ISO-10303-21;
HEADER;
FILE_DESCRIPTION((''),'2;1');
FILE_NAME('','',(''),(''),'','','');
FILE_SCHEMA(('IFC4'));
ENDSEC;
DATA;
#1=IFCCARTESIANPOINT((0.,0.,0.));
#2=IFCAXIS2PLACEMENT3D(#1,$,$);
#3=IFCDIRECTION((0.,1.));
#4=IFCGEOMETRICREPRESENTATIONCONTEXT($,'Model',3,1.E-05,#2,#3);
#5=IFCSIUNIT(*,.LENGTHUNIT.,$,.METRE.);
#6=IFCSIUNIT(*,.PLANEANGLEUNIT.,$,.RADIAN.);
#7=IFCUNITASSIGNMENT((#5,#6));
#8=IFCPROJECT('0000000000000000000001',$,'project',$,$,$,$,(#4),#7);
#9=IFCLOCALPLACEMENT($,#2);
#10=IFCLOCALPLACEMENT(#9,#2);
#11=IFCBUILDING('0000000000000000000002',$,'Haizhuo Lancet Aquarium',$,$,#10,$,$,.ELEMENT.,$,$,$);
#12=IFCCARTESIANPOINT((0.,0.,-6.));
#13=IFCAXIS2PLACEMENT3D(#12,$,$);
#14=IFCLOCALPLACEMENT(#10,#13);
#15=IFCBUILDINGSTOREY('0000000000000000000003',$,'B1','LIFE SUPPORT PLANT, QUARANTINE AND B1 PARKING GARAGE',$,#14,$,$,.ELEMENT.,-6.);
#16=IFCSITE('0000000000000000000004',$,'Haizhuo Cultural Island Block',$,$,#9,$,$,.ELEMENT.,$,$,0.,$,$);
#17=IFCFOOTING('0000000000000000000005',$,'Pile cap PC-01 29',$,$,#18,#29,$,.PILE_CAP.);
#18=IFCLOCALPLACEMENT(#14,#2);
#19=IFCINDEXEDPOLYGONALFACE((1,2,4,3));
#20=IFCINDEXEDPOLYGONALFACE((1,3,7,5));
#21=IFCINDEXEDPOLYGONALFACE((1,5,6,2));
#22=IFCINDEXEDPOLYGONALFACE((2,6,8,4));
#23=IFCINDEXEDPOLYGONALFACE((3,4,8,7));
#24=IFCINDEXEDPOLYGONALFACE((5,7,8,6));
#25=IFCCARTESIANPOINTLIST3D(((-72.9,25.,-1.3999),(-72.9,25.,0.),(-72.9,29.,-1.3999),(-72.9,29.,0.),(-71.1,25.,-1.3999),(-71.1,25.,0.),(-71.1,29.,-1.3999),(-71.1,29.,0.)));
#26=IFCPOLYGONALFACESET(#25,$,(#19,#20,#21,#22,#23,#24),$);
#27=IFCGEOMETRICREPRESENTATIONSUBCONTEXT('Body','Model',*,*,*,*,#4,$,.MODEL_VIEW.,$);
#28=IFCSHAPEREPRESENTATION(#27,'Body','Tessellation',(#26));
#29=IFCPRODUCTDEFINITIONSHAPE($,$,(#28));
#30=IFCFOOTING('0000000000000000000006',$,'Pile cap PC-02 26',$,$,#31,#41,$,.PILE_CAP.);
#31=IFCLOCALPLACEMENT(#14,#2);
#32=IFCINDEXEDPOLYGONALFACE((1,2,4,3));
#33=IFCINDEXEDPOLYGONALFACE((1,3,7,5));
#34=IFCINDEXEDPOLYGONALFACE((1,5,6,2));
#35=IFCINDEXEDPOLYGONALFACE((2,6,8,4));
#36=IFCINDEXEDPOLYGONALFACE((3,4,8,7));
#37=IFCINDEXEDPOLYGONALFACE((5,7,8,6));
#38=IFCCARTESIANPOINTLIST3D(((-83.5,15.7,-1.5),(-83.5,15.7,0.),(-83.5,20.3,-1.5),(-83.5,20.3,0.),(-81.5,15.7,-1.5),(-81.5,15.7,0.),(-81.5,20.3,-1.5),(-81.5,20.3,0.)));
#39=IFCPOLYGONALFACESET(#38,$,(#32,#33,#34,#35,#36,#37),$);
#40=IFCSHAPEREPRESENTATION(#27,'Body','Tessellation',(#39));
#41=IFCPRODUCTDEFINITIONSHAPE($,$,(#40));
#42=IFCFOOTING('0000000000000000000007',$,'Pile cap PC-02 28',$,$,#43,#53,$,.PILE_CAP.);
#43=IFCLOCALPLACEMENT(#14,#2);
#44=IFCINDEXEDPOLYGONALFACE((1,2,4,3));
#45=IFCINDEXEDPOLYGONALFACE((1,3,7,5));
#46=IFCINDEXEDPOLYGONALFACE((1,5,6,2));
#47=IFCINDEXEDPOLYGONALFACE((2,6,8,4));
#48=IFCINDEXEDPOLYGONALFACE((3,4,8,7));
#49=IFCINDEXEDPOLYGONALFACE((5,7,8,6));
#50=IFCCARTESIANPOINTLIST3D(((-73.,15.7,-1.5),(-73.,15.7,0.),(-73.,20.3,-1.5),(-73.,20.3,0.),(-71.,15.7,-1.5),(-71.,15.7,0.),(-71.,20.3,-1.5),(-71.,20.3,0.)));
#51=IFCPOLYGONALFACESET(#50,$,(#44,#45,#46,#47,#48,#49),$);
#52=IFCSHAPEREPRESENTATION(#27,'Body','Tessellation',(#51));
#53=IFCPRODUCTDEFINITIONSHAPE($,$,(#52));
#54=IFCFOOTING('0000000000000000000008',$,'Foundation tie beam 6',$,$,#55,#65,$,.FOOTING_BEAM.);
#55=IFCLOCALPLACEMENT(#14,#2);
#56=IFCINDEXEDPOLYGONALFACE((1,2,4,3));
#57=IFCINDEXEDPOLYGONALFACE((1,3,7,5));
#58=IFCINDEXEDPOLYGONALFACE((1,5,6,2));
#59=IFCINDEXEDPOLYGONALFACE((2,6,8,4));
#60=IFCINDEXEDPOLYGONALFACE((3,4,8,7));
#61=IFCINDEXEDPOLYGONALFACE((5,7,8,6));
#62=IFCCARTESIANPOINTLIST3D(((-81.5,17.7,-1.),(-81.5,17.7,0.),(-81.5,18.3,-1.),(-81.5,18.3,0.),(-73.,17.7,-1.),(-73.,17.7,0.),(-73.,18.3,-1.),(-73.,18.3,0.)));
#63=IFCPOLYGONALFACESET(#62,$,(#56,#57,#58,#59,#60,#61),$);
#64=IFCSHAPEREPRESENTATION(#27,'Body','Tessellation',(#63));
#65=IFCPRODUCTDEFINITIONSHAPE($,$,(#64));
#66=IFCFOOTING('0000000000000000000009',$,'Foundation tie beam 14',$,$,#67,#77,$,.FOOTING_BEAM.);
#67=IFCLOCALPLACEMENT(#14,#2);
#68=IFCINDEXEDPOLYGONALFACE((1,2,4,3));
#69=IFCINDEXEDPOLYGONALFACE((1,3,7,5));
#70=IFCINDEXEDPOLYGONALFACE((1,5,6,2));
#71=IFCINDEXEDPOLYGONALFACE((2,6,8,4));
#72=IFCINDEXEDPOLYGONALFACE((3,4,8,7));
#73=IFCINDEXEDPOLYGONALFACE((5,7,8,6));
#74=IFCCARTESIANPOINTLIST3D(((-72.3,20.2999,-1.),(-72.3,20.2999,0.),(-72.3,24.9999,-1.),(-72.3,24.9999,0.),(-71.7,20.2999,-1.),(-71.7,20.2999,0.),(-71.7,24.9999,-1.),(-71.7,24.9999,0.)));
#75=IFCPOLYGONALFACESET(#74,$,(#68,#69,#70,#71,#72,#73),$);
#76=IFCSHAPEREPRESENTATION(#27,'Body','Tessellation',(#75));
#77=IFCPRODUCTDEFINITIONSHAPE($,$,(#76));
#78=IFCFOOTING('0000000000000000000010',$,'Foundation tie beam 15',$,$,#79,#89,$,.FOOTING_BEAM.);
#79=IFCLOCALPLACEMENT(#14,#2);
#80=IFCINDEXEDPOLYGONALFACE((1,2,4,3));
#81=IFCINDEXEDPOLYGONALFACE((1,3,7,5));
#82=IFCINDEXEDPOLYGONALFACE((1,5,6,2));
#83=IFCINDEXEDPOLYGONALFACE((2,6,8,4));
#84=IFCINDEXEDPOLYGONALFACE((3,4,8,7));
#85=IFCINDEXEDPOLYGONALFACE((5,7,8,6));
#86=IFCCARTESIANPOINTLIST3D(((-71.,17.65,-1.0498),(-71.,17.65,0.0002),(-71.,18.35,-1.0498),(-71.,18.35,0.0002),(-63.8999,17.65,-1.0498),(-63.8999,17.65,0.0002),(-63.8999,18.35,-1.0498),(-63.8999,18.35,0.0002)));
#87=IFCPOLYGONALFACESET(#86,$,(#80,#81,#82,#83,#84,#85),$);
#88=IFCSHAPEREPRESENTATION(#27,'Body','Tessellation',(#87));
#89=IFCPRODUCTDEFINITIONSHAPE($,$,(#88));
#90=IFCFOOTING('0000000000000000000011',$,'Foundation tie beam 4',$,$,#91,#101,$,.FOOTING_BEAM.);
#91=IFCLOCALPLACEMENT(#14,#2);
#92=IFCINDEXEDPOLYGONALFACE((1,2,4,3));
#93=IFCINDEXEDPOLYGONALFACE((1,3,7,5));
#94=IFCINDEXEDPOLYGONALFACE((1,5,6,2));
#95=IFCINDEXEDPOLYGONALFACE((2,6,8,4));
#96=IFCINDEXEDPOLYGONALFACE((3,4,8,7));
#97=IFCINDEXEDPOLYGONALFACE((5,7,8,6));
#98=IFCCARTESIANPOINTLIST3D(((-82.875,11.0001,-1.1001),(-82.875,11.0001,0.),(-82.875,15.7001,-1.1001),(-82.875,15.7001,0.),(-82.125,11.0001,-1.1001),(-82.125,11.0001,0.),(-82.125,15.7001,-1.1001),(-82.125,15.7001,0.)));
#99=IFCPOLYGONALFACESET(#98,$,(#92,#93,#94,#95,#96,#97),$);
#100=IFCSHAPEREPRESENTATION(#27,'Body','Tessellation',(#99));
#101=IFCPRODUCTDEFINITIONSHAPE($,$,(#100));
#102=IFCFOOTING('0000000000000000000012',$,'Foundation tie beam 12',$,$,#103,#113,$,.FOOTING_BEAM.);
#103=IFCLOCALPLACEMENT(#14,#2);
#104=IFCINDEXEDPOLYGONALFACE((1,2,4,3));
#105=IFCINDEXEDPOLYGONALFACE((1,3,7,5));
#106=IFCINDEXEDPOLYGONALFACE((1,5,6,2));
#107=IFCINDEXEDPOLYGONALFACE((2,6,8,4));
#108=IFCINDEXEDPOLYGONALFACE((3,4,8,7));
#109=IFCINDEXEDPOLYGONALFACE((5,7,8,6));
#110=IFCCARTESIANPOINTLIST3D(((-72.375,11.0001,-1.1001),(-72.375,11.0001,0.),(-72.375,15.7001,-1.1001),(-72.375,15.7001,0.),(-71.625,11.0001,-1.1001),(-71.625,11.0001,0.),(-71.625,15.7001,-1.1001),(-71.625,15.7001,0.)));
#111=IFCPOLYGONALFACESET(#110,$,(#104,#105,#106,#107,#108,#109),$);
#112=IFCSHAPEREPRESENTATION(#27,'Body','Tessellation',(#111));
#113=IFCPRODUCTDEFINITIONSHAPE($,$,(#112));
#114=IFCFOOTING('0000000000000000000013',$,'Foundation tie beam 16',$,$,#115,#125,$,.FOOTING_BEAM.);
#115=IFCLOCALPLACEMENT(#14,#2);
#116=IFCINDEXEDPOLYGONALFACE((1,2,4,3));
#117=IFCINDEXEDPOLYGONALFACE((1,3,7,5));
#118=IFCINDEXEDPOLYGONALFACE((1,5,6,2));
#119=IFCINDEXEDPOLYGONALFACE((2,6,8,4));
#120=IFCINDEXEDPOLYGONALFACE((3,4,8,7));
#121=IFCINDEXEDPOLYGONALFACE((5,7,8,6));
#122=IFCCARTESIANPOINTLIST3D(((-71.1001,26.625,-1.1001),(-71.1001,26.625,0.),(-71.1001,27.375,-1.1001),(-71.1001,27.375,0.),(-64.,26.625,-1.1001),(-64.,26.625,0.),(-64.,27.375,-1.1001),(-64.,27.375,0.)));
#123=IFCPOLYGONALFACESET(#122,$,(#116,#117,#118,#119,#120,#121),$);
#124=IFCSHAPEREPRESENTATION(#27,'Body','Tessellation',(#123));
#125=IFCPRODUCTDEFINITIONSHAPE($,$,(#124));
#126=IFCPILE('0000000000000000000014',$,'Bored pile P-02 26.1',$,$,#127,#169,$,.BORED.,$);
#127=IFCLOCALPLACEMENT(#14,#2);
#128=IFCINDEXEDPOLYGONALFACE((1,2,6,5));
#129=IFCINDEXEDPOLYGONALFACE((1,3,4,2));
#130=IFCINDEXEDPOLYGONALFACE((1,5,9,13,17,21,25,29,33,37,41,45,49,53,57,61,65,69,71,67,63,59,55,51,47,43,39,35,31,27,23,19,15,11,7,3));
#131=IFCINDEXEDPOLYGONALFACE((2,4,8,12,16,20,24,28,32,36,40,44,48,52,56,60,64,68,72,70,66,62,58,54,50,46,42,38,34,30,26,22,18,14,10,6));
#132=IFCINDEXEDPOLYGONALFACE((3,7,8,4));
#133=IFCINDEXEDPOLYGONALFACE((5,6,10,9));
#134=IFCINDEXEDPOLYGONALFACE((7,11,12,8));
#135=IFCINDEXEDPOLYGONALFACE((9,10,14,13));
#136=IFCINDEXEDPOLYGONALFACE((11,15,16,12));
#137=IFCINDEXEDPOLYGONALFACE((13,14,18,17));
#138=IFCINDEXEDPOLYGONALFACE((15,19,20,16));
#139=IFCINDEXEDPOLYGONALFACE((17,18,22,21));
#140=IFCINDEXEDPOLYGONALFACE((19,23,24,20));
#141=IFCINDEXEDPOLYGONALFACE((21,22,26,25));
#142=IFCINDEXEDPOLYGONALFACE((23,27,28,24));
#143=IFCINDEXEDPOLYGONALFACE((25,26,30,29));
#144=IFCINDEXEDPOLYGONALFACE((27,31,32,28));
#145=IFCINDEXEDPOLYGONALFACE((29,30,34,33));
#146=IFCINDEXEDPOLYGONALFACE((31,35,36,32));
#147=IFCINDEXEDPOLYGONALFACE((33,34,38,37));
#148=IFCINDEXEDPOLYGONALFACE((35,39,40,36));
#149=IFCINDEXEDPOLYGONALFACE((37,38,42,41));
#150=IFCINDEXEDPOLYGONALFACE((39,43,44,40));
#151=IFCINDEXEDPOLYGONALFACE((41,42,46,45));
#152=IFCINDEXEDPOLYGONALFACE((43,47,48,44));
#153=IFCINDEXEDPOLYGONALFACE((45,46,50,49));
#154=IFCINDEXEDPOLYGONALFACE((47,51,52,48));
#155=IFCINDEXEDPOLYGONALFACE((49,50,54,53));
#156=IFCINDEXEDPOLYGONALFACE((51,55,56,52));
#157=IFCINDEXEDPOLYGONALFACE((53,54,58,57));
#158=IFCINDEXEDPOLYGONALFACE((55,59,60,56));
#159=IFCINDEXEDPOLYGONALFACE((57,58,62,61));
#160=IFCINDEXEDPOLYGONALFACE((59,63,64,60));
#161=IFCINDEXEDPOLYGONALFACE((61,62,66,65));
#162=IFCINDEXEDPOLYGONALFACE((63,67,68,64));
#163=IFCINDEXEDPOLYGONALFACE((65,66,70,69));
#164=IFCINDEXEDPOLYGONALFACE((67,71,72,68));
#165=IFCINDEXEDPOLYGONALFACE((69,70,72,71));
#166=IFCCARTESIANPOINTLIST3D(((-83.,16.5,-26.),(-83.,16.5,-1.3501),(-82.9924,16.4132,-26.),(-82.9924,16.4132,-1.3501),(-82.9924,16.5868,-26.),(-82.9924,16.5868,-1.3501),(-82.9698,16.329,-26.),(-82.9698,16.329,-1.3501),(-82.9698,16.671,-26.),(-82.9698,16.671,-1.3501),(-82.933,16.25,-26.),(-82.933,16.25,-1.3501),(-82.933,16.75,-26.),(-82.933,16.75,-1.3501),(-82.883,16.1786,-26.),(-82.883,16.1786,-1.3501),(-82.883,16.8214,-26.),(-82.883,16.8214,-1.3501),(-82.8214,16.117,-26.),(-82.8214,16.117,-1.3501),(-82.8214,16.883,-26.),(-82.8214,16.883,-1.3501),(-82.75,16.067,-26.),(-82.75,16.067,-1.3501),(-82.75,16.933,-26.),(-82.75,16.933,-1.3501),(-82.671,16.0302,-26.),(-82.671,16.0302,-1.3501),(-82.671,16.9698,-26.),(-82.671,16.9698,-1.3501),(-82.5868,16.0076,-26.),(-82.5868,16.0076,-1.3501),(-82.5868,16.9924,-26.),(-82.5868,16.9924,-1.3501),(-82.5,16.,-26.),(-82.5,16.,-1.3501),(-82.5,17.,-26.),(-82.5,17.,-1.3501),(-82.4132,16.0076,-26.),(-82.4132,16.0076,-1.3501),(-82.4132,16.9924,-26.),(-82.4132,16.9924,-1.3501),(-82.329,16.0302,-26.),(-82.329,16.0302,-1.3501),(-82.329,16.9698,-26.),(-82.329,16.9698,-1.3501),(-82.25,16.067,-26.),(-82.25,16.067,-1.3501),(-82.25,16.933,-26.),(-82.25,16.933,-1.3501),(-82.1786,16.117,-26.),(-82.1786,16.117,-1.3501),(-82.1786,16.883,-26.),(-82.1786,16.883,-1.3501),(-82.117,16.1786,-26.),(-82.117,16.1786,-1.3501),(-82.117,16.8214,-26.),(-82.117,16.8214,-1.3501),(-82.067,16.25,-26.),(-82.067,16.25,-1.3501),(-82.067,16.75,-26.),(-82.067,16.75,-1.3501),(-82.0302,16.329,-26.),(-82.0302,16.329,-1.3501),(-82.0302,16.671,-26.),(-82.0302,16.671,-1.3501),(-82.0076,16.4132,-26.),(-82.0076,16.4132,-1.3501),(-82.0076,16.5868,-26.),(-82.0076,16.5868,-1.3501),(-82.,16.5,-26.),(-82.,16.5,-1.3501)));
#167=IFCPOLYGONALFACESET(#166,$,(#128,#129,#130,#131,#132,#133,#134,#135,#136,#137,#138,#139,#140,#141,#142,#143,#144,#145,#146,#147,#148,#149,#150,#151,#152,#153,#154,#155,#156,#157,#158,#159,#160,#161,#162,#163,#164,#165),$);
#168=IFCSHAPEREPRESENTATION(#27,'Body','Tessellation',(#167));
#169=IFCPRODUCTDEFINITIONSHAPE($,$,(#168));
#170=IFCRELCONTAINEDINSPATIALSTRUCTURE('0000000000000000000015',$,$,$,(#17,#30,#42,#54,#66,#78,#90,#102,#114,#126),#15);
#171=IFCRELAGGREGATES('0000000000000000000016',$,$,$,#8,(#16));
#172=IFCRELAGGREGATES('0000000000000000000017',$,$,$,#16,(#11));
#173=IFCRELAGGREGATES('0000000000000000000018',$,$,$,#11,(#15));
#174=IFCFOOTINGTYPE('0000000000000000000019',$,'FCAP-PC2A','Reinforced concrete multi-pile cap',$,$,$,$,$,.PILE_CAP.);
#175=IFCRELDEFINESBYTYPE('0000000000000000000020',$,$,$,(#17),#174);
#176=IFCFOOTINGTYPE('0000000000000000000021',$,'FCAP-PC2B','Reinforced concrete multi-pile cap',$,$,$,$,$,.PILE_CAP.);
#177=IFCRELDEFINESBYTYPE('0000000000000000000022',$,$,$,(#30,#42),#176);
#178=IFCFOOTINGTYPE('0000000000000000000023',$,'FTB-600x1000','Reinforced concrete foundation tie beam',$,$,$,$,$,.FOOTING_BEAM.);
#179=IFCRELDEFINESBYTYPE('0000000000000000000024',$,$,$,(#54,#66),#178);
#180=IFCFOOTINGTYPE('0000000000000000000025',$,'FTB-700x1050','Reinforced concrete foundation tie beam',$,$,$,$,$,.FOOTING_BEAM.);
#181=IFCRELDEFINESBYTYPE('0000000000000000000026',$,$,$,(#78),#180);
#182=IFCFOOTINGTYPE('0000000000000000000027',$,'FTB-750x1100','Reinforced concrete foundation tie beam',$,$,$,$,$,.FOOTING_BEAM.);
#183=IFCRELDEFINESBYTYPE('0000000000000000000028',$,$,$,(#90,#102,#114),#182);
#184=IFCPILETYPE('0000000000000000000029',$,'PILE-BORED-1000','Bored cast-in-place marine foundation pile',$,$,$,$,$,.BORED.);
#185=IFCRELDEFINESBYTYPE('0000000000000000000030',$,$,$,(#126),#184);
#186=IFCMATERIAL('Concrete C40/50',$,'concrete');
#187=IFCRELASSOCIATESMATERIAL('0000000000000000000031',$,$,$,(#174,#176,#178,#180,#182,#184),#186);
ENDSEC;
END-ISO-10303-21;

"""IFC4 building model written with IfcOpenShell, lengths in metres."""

from ifc_helpers import new_model, si_unit, direction, frame, origin, origin_2d, place, context, subcontext, project, spatial, rectangle, circle, extrude, material, material_profile, profile_set, type_object, element, save


model = new_model("IFC4")

# Units and contexts
model_context = context("Model", 3, precision=1e-05, world=origin(), true_north=direction((0.0, 1.0)))
body_context = subcontext(model_context, "Body", "Model", "MODEL_VIEW")
ifc_project = project(units=[si_unit("LENGTHUNIT", "METRE"), si_unit("PLANEANGLEUNIT", "RADIAN")], contexts=[model_context])

# Site, building, storey
site_placement = place(None, origin())
site = spatial("IfcSite", under=ifc_project, at=site_placement, Name="Haizhuo Cultural Island Block", CompositionType="ELEMENT", RefElevation=0.0)
building_placement = place(site_placement, origin())
building = spatial("IfcBuilding", under=site, at=building_placement, Name="Haizhuo Lancet Aquarium", CompositionType="ELEMENT")
storey_placement = place(building_placement, frame((0.0, 0.0, -6.0)))
storey = spatial("IfcBuildingStorey", under=building, at=storey_placement, Name="B1", Description="LIFE SUPPORT PLANT, QUARANTINE AND B1 PARKING GARAGE", CompositionType="ELEMENT", Elevation=-6.0)

# Footings
ifc_material_1 = material(Name="Concrete C40/50", Category="concrete")
footing_type_1 = type_object("IfcFootingType", Name="FCAP-PC2A", Description="Reinforced concrete multi-pile cap", PredefinedType="PILE_CAP", material=ifc_material_1)
footing_1_placement = place(storey_placement, frame((-72.0, 27.0, -1.3999), z_axis=(0.0, 0.0, 1.0), x_axis=(1.0, 0.0, 0.0)))
element("IfcFooting", 1, at=footing_1_placement, inside=storey, type_object=footing_type_1, Name="Pile cap PC-01 29", PredefinedType="PILE_CAP", context=body_context, shape_type="SweptSolid", body=[
    extrude(rectangle(XDim=1.8, YDim=4.0, at=origin_2d()), origin(), (0.0, 0.0, 1.0), 1.3999),
])
footing_type_2 = type_object("IfcFootingType", Name="FCAP-PC2B", Description="Reinforced concrete multi-pile cap", PredefinedType="PILE_CAP", material=ifc_material_1)
for number, where, z_axis, x_axis, name in (
    (2, (-82.5, 18.0, -1.5), (0.0, 0.0, 1.0), (1.0, 0.0, 0.0), "Pile cap PC-02 26"),
    (3, (-72.0, 18.0, -1.5), (0.0, 0.0, 1.0), (1.0, 0.0, 0.0), "Pile cap PC-02 28"),
):
    element("IfcFooting", number, at=place(storey_placement, frame(where, z_axis=z_axis, x_axis=x_axis)), inside=storey, type_object=footing_type_2, Name=name, PredefinedType="PILE_CAP", context=body_context, shape_type="SweptSolid", body=[
        extrude(rectangle(XDim=2.0, YDim=4.6001, at=origin_2d()), origin(), (0.0, 0.0, 1.0), 1.5),
    ])
footing_type_3 = type_object("IfcFootingType", Name="FTB-600x1000", Description="Reinforced concrete foundation tie beam", PredefinedType="FOOTING_BEAM", material=ifc_material_1)
footing_2_placement = place(storey_placement, frame((-77.25, 18.0, -1.0), z_axis=(0.0, 0.0, 1.0), x_axis=(1.0, 0.0, 0.0)))
element("IfcFooting", 4, at=footing_2_placement, inside=storey, type_object=footing_type_3, Name="Foundation tie beam 6", PredefinedType="FOOTING_BEAM", context=body_context, shape_type="SweptSolid", body=[
    extrude(rectangle(XDim=8.5, YDim=0.6001, at=origin_2d()), origin(), (0.0, 0.0, 1.0), 1.0),
])
footing_3_placement = place(storey_placement, frame((-72.0, 22.6499, -1.0), z_axis=(0.0, 0.0, 1.0), x_axis=(0.0, 1.0, 0.0)))
element("IfcFooting", 5, at=footing_3_placement, inside=storey, type_object=footing_type_3, Name="Foundation tie beam 14", PredefinedType="FOOTING_BEAM", context=body_context, shape_type="SweptSolid", body=[
    extrude(rectangle(XDim=4.7, YDim=0.6001, at=origin_2d()), origin(), (0.0, 0.0, 1.0), 1.0),
])
footing_type_4 = type_object("IfcFootingType", Name="FTB-700x1050", Description="Reinforced concrete foundation tie beam", PredefinedType="FOOTING_BEAM", material=ifc_material_1)
footing_4_placement = place(storey_placement, frame((-67.45, 18.0, -1.0498), z_axis=(0.0, 0.0, 1.0), x_axis=(1.0, 0.0, 0.0)))
element("IfcFooting", 6, at=footing_4_placement, inside=storey, type_object=footing_type_4, Name="Foundation tie beam 15", PredefinedType="FOOTING_BEAM", context=body_context, shape_type="SweptSolid", body=[
    extrude(rectangle(XDim=7.1001, YDim=0.7, at=origin_2d()), origin(), (0.0, 0.0, 1.0), 1.05),
])
footing_type_5 = type_object("IfcFootingType", Name="FTB-750x1100", Description="Reinforced concrete foundation tie beam", PredefinedType="FOOTING_BEAM", material=ifc_material_1)
for number, where, z_axis, x_axis, name in (
    (7, (-82.5, 13.3501, -1.1001), (0.0, 0.0, 1.0), (0.0, 1.0, 0.0), "Foundation tie beam 4"),
    (8, (-72.0, 13.3501, -1.1001), (0.0, 0.0, 1.0), (0.0, 1.0, 0.0), "Foundation tie beam 12"),
):
    element("IfcFooting", number, at=place(storey_placement, frame(where, z_axis=z_axis, x_axis=x_axis)), inside=storey, type_object=footing_type_5, Name=name, PredefinedType="FOOTING_BEAM", context=body_context, shape_type="SweptSolid", body=[
        extrude(rectangle(XDim=4.7, YDim=0.75, at=origin_2d()), origin(), (0.0, 0.0, 1.0), 1.1001),
    ])
footing_5_placement = place(storey_placement, frame((-67.55, 27.0, -1.1001), z_axis=(0.0, 0.0, 1.0), x_axis=(1.0, 0.0, 0.0)))
element("IfcFooting", 9, at=footing_5_placement, inside=storey, type_object=footing_type_5, Name="Foundation tie beam 16", PredefinedType="FOOTING_BEAM", context=body_context, shape_type="SweptSolid", body=[
    extrude(rectangle(XDim=7.1001, YDim=0.75, at=origin_2d()), origin(), (0.0, 0.0, 1.0), 1.1001),
])

# Pile
ifc_material_profile_1 = material_profile(ifc_material_1, circle(Radius=0.5, at=origin_2d()), Name="PILE-1000")
ifc_profile_set_1 = profile_set([ifc_material_profile_1], Name="Concrete C40/50")
pile_type_1 = type_object("IfcPileType", Name="PILE-BORED-1000", Description="Bored cast-in-place marine foundation pile", PredefinedType="BORED", material=ifc_profile_set_1)
for number, where, z_axis, x_axis, name in (
    (10, (-82.5, 16.5, -1.3501), (0.0, 0.0, -1.0), (1.0, 0.0, 0.0), "Bored pile P-02 26.1"),
):
    element("IfcPile", number, at=place(storey_placement, frame(where, z_axis=z_axis, x_axis=x_axis)), inside=storey, type_object=pile_type_1, Name=name, PredefinedType="BORED", context=body_context, shape_type="SweptSolid", body=[
        extrude(circle(Radius=0.5, at=origin_2d()), origin(), (0.0, 0.0, 1.0), 24.6499),
    ])

save(model, "model.ifc")
